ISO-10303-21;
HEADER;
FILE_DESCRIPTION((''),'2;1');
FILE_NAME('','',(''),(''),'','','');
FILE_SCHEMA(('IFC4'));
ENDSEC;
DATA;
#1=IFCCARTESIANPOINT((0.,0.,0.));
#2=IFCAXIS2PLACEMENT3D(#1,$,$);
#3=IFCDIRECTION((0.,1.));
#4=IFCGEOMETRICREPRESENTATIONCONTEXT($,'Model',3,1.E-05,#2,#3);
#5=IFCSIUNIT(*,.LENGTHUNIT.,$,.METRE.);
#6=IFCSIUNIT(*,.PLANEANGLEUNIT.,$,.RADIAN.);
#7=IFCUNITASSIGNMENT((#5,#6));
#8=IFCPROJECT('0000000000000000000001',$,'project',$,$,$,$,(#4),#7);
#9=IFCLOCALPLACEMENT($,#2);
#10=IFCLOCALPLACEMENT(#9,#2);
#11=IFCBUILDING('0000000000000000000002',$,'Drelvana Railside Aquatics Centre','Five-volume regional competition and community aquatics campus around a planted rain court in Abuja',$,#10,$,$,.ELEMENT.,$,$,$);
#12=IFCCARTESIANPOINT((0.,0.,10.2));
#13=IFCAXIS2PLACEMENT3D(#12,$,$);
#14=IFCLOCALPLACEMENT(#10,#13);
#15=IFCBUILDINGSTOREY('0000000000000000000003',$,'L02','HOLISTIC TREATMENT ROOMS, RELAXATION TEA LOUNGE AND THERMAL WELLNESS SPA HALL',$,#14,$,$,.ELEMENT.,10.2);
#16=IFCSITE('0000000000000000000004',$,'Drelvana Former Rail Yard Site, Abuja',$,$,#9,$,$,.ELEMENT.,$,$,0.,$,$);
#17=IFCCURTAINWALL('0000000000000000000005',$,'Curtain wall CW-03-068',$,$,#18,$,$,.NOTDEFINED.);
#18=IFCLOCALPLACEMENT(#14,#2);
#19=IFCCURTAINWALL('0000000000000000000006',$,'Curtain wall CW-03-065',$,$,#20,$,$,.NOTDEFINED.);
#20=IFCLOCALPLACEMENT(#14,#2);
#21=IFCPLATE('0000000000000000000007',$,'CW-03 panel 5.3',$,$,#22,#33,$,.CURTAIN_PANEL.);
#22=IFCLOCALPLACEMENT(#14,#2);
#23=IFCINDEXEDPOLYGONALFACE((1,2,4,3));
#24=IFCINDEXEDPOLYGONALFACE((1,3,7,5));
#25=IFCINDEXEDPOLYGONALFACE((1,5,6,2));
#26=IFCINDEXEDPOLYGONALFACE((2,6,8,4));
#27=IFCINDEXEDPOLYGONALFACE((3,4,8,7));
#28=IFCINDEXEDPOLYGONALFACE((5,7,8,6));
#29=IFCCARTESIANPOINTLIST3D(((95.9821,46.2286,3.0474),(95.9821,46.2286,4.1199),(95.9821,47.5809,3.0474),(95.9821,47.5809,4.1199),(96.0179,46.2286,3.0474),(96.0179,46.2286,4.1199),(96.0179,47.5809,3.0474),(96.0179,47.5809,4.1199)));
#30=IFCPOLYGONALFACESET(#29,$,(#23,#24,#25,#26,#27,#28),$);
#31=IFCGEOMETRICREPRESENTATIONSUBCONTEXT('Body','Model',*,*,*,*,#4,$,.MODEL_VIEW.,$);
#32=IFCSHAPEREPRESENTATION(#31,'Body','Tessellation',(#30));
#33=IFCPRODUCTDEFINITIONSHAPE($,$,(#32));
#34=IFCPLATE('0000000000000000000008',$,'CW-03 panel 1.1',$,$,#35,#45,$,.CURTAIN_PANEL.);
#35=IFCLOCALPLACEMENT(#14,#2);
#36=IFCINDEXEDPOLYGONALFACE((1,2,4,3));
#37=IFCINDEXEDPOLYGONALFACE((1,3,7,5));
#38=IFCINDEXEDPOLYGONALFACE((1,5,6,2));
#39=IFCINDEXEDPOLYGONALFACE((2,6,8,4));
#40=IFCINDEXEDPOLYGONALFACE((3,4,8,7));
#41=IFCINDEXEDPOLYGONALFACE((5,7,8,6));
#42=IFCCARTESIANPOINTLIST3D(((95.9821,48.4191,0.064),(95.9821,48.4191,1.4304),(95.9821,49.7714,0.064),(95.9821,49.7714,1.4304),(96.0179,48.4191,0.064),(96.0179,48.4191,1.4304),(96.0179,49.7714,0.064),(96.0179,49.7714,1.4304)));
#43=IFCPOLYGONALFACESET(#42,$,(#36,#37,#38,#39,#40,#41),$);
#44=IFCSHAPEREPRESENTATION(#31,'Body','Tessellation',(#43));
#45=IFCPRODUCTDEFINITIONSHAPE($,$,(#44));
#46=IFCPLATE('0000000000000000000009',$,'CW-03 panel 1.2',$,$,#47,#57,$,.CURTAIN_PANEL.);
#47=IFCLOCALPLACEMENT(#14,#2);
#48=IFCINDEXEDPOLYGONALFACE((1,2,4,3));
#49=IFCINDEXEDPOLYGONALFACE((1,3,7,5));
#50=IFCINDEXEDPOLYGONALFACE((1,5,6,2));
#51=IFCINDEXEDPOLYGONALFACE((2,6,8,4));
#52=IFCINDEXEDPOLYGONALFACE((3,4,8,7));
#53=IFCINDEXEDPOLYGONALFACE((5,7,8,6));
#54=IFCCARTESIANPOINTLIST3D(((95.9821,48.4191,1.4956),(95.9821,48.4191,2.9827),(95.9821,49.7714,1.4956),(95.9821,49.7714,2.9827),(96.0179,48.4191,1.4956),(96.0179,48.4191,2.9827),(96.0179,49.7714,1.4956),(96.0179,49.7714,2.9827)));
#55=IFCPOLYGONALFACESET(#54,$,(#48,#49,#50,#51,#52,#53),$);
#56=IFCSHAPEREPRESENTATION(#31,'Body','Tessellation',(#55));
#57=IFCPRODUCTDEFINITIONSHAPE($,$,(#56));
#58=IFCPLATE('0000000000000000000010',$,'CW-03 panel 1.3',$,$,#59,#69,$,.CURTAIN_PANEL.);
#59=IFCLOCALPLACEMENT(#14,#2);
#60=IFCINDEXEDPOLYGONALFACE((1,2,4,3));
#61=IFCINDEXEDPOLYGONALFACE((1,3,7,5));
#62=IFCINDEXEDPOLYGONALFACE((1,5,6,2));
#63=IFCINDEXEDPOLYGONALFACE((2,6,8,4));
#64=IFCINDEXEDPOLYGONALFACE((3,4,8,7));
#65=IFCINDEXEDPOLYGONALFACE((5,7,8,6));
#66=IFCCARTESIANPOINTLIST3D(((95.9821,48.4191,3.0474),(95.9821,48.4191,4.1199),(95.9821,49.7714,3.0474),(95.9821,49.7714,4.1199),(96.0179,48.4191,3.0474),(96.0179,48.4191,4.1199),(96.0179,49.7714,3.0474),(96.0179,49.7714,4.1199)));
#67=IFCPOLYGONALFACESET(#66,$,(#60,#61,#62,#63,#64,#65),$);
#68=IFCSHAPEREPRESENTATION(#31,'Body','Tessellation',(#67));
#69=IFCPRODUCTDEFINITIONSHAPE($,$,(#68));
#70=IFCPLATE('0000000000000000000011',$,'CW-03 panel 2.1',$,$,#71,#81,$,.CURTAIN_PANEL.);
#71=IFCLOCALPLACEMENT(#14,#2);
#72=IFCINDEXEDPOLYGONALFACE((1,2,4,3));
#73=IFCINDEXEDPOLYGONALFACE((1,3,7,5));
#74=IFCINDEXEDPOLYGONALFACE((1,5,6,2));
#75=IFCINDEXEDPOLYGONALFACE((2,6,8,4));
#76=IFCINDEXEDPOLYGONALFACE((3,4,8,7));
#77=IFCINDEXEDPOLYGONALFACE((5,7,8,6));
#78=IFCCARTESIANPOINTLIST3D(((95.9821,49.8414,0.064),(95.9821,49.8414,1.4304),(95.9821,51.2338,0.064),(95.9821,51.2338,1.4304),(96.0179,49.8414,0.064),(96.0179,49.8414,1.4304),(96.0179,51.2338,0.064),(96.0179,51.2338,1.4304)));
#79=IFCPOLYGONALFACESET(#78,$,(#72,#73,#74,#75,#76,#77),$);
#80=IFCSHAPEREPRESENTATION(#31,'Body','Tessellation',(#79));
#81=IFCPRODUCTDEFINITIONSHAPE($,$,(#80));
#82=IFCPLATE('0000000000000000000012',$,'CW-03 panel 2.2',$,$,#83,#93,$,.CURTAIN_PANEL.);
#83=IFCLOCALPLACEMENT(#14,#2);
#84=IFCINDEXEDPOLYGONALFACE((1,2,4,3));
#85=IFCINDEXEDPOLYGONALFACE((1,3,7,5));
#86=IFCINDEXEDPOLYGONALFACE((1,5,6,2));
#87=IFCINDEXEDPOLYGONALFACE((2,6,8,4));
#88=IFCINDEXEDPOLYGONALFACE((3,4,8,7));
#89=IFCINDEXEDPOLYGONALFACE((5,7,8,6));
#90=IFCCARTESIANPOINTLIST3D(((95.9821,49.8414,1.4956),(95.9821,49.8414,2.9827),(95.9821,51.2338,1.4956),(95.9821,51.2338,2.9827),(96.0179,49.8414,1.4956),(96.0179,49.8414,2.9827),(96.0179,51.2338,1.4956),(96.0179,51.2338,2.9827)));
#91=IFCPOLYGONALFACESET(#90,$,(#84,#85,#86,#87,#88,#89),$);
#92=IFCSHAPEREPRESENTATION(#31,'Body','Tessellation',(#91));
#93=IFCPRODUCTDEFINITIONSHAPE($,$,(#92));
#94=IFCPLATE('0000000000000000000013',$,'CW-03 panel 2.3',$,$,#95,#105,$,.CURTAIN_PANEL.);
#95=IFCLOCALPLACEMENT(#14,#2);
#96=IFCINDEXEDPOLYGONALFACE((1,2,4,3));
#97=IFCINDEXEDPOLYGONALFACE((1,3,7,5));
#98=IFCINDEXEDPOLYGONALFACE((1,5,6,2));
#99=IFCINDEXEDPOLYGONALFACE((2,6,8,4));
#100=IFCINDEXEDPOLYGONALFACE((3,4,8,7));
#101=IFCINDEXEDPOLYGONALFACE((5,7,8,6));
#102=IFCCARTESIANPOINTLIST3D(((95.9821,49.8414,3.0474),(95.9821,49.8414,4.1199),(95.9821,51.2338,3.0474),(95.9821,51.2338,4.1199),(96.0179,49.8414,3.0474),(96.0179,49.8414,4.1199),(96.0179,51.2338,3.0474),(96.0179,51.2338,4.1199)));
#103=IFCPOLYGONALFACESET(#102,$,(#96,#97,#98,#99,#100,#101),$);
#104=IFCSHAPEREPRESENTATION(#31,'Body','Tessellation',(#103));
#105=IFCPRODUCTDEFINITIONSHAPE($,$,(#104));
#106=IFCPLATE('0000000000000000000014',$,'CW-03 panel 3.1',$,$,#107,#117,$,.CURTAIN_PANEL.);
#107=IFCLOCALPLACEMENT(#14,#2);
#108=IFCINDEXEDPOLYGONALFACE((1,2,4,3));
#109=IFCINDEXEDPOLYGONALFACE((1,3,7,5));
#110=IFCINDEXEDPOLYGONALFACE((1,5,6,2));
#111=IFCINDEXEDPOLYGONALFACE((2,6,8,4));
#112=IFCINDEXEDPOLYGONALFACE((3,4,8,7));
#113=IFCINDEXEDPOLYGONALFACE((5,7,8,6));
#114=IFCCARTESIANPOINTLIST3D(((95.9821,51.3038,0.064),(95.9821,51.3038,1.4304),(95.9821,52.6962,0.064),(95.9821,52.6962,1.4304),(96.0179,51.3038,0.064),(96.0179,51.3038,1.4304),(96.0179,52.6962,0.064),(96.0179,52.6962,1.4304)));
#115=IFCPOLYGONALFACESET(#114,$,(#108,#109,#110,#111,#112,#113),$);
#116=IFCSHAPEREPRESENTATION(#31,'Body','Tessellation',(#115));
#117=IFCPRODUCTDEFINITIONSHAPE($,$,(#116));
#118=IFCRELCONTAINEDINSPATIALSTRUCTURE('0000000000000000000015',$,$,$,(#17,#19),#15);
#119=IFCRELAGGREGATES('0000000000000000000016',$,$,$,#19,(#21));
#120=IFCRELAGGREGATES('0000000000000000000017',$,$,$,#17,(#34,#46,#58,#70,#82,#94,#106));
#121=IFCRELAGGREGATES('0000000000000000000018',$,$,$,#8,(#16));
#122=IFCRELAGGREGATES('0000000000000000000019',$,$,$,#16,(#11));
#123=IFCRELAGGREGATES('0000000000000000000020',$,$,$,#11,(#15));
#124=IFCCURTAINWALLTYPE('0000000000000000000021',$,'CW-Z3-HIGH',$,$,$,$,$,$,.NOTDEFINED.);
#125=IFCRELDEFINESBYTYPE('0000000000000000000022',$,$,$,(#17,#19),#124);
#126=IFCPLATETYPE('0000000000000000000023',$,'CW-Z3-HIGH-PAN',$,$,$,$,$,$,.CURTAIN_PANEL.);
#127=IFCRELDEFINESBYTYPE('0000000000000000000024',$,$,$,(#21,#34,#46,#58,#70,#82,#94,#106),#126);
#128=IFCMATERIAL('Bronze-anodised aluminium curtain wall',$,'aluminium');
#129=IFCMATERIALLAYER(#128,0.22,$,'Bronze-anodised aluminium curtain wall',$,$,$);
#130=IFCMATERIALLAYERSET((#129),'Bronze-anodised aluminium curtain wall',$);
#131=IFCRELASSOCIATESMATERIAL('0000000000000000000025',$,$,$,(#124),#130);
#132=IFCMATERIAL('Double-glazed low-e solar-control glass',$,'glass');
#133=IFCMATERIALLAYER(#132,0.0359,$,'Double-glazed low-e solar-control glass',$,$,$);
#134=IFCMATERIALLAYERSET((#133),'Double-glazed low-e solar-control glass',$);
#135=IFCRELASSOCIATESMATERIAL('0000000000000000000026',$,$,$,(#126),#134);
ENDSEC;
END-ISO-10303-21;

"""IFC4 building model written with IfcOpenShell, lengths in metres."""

from ifc_helpers import new_model, si_unit, direction, frame, origin, origin_2d, place, context, subcontext, project, spatial, rectangle, extrude, material, layer, layer_set, type_object, element, aggregate, save


model = new_model("IFC4")

# Units and contexts
model_context = context("Model", 3, precision=1e-05, world=origin(), true_north=direction((0.0, 1.0)))
body_context = subcontext(model_context, "Body", "Model", "MODEL_VIEW")
ifc_project = project(units=[si_unit("LENGTHUNIT", "METRE"), si_unit("PLANEANGLEUNIT", "RADIAN")], contexts=[model_context])

# Site, building, storey
site_placement = place(None, origin())
site = spatial("IfcSite", under=ifc_project, at=site_placement, Name="Drelvana Former Rail Yard Site, Abuja", CompositionType="ELEMENT", RefElevation=0.0)
building_placement = place(site_placement, origin())
building = spatial("IfcBuilding", under=site, at=building_placement, Name="Drelvana Railside Aquatics Centre", Description="Five-volume regional competition and community aquatics campus around a planted rain court in Abuja", CompositionType="ELEMENT")
storey_placement = place(building_placement, frame((0.0, 0.0, 10.2)))
storey = spatial("IfcBuildingStorey", under=building, at=storey_placement, Name="L02", Description="HOLISTIC TREATMENT ROOMS, RELAXATION TEA LOUNGE AND THERMAL WELLNESS SPA HALL", CompositionType="ELEMENT", Elevation=10.2)

# Curtain wall
ifc_material_1 = material(Name="Bronze-anodised aluminium curtain wall", Category="aluminium")
ifc_layer_1 = layer(ifc_material_1, 0.22, Name="Bronze-anodised aluminium curtain wall")
ifc_layer_set_1 = layer_set([ifc_layer_1], Name="Bronze-anodised aluminium curtain wall")
curtain_wall_type = type_object("IfcCurtainWallType", Name="CW-Z3-HIGH", PredefinedType="NOTDEFINED", material=ifc_layer_set_1)
curtain_wall_1_placement = place(storey_placement, origin())
curtain_wall_1 = element("IfcCurtainWall", 1, at=curtain_wall_1_placement, inside=storey, type_object=curtain_wall_type, Name="Curtain wall CW-03-068", PredefinedType="NOTDEFINED")

# Curtain wall, plate
curtain_wall_2_placement = place(storey_placement, origin())
curtain_wall_2 = element("IfcCurtainWall", 2, at=curtain_wall_2_placement, inside=storey, type_object=curtain_wall_type, Name="Curtain wall CW-03-065", PredefinedType="NOTDEFINED")
ifc_material_2 = material(Name="Double-glazed low-e solar-control glass", Category="glass")
ifc_layer_2 = layer(ifc_material_2, 0.0359, Name="Double-glazed low-e solar-control glass")
ifc_layer_set_2 = layer_set([ifc_layer_2], Name="Double-glazed low-e solar-control glass")
plate_type = type_object("IfcPlateType", Name="CW-Z3-HIGH-PAN", PredefinedType="CURTAIN_PANEL", material=ifc_layer_set_2)
plate_1_placement = place(storey_placement, frame((96.0, 46.9048, 3.0474), z_axis=(0.0, 0.0, 1.0), x_axis=(0.0, 1.0, 0.0)))
plate_1 = element("IfcPlate", 3, at=plate_1_placement, type_object=plate_type, Name="CW-03 panel 5.3", PredefinedType="CURTAIN_PANEL", context=body_context, shape_type="SweptSolid", body=[
    extrude(rectangle(XDim=1.3523, YDim=0.0359, at=origin_2d()), origin(), (0.0, 0.0, 1.0), 1.0725),
])
aggregate(curtain_wall_2, [plate_1])

# Plates
plate_2_placement = place(storey_placement, frame((96.0, 49.0952, 0.064), z_axis=(0.0, 0.0, 1.0), x_axis=(0.0, 1.0, 0.0)))
plate_2 = element("IfcPlate", 4, at=plate_2_placement, type_object=plate_type, Name="CW-03 panel 1.1", PredefinedType="CURTAIN_PANEL", context=body_context, shape_type="SweptSolid", body=[
    extrude(rectangle(XDim=1.3523, YDim=0.0359, at=origin_2d()), origin(), (0.0, 0.0, 1.0), 1.3665),
])
plate_3_placement = place(storey_placement, frame((96.0, 49.0952, 1.4956), z_axis=(0.0, 0.0, 1.0), x_axis=(0.0, 1.0, 0.0)))
plate_3 = element("IfcPlate", 5, at=plate_3_placement, type_object=plate_type, Name="CW-03 panel 1.2", PredefinedType="CURTAIN_PANEL", context=body_context, shape_type="SweptSolid", body=[
    extrude(rectangle(XDim=1.3523, YDim=0.0359, at=origin_2d()), origin(), (0.0, 0.0, 1.0), 1.4871),
])
plate_4_placement = place(storey_placement, frame((96.0, 49.0952, 3.0474), z_axis=(0.0, 0.0, 1.0), x_axis=(0.0, 1.0, 0.0)))
plate_4 = element("IfcPlate", 6, at=plate_4_placement, type_object=plate_type, Name="CW-03 panel 1.3", PredefinedType="CURTAIN_PANEL", context=body_context, shape_type="SweptSolid", body=[
    extrude(rectangle(XDim=1.3523, YDim=0.0359, at=origin_2d()), origin(), (0.0, 0.0, 1.0), 1.0725),
])
plate_5_placement = place(storey_placement, frame((96.0, 50.5376, 0.064), z_axis=(0.0, 0.0, 1.0), x_axis=(0.0, 1.0, 0.0)))
plate_5 = element("IfcPlate", 7, at=plate_5_placement, type_object=plate_type, Name="CW-03 panel 2.1", PredefinedType="CURTAIN_PANEL", context=body_context, shape_type="SweptSolid", body=[
    extrude(rectangle(XDim=1.3923, YDim=0.0359, at=origin_2d()), origin(), (0.0, 0.0, 1.0), 1.3665),
])
plate_6_placement = place(storey_placement, frame((96.0, 50.5376, 1.4956), z_axis=(0.0, 0.0, 1.0), x_axis=(0.0, 1.0, 0.0)))
plate_6 = element("IfcPlate", 8, at=plate_6_placement, type_object=plate_type, Name="CW-03 panel 2.2", PredefinedType="CURTAIN_PANEL", context=body_context, shape_type="SweptSolid", body=[
    extrude(rectangle(XDim=1.3923, YDim=0.0359, at=origin_2d()), origin(), (0.0, 0.0, 1.0), 1.4871),
])
plate_7_placement = place(storey_placement, frame((96.0, 50.5376, 3.0474), z_axis=(0.0, 0.0, 1.0), x_axis=(0.0, 1.0, 0.0)))
plate_7 = element("IfcPlate", 9, at=plate_7_placement, type_object=plate_type, Name="CW-03 panel 2.3", PredefinedType="CURTAIN_PANEL", context=body_context, shape_type="SweptSolid", body=[
    extrude(rectangle(XDim=1.3923, YDim=0.0359, at=origin_2d()), origin(), (0.0, 0.0, 1.0), 1.0725),
])
plate_8_placement = place(storey_placement, frame((96.0, 52.0, 0.064), z_axis=(0.0, 0.0, 1.0), x_axis=(0.0, 1.0, 0.0)))
plate_8 = element("IfcPlate", 10, at=plate_8_placement, type_object=plate_type, Name="CW-03 panel 3.1", PredefinedType="CURTAIN_PANEL", context=body_context, shape_type="SweptSolid", body=[
    extrude(rectangle(XDim=1.3923, YDim=0.0359, at=origin_2d()), origin(), (0.0, 0.0, 1.0), 1.3665),
])
aggregate(curtain_wall_1, [plate_2, plate_3, plate_4, plate_5, plate_6, plate_7, plate_8])

save(model, "model.ifc")
